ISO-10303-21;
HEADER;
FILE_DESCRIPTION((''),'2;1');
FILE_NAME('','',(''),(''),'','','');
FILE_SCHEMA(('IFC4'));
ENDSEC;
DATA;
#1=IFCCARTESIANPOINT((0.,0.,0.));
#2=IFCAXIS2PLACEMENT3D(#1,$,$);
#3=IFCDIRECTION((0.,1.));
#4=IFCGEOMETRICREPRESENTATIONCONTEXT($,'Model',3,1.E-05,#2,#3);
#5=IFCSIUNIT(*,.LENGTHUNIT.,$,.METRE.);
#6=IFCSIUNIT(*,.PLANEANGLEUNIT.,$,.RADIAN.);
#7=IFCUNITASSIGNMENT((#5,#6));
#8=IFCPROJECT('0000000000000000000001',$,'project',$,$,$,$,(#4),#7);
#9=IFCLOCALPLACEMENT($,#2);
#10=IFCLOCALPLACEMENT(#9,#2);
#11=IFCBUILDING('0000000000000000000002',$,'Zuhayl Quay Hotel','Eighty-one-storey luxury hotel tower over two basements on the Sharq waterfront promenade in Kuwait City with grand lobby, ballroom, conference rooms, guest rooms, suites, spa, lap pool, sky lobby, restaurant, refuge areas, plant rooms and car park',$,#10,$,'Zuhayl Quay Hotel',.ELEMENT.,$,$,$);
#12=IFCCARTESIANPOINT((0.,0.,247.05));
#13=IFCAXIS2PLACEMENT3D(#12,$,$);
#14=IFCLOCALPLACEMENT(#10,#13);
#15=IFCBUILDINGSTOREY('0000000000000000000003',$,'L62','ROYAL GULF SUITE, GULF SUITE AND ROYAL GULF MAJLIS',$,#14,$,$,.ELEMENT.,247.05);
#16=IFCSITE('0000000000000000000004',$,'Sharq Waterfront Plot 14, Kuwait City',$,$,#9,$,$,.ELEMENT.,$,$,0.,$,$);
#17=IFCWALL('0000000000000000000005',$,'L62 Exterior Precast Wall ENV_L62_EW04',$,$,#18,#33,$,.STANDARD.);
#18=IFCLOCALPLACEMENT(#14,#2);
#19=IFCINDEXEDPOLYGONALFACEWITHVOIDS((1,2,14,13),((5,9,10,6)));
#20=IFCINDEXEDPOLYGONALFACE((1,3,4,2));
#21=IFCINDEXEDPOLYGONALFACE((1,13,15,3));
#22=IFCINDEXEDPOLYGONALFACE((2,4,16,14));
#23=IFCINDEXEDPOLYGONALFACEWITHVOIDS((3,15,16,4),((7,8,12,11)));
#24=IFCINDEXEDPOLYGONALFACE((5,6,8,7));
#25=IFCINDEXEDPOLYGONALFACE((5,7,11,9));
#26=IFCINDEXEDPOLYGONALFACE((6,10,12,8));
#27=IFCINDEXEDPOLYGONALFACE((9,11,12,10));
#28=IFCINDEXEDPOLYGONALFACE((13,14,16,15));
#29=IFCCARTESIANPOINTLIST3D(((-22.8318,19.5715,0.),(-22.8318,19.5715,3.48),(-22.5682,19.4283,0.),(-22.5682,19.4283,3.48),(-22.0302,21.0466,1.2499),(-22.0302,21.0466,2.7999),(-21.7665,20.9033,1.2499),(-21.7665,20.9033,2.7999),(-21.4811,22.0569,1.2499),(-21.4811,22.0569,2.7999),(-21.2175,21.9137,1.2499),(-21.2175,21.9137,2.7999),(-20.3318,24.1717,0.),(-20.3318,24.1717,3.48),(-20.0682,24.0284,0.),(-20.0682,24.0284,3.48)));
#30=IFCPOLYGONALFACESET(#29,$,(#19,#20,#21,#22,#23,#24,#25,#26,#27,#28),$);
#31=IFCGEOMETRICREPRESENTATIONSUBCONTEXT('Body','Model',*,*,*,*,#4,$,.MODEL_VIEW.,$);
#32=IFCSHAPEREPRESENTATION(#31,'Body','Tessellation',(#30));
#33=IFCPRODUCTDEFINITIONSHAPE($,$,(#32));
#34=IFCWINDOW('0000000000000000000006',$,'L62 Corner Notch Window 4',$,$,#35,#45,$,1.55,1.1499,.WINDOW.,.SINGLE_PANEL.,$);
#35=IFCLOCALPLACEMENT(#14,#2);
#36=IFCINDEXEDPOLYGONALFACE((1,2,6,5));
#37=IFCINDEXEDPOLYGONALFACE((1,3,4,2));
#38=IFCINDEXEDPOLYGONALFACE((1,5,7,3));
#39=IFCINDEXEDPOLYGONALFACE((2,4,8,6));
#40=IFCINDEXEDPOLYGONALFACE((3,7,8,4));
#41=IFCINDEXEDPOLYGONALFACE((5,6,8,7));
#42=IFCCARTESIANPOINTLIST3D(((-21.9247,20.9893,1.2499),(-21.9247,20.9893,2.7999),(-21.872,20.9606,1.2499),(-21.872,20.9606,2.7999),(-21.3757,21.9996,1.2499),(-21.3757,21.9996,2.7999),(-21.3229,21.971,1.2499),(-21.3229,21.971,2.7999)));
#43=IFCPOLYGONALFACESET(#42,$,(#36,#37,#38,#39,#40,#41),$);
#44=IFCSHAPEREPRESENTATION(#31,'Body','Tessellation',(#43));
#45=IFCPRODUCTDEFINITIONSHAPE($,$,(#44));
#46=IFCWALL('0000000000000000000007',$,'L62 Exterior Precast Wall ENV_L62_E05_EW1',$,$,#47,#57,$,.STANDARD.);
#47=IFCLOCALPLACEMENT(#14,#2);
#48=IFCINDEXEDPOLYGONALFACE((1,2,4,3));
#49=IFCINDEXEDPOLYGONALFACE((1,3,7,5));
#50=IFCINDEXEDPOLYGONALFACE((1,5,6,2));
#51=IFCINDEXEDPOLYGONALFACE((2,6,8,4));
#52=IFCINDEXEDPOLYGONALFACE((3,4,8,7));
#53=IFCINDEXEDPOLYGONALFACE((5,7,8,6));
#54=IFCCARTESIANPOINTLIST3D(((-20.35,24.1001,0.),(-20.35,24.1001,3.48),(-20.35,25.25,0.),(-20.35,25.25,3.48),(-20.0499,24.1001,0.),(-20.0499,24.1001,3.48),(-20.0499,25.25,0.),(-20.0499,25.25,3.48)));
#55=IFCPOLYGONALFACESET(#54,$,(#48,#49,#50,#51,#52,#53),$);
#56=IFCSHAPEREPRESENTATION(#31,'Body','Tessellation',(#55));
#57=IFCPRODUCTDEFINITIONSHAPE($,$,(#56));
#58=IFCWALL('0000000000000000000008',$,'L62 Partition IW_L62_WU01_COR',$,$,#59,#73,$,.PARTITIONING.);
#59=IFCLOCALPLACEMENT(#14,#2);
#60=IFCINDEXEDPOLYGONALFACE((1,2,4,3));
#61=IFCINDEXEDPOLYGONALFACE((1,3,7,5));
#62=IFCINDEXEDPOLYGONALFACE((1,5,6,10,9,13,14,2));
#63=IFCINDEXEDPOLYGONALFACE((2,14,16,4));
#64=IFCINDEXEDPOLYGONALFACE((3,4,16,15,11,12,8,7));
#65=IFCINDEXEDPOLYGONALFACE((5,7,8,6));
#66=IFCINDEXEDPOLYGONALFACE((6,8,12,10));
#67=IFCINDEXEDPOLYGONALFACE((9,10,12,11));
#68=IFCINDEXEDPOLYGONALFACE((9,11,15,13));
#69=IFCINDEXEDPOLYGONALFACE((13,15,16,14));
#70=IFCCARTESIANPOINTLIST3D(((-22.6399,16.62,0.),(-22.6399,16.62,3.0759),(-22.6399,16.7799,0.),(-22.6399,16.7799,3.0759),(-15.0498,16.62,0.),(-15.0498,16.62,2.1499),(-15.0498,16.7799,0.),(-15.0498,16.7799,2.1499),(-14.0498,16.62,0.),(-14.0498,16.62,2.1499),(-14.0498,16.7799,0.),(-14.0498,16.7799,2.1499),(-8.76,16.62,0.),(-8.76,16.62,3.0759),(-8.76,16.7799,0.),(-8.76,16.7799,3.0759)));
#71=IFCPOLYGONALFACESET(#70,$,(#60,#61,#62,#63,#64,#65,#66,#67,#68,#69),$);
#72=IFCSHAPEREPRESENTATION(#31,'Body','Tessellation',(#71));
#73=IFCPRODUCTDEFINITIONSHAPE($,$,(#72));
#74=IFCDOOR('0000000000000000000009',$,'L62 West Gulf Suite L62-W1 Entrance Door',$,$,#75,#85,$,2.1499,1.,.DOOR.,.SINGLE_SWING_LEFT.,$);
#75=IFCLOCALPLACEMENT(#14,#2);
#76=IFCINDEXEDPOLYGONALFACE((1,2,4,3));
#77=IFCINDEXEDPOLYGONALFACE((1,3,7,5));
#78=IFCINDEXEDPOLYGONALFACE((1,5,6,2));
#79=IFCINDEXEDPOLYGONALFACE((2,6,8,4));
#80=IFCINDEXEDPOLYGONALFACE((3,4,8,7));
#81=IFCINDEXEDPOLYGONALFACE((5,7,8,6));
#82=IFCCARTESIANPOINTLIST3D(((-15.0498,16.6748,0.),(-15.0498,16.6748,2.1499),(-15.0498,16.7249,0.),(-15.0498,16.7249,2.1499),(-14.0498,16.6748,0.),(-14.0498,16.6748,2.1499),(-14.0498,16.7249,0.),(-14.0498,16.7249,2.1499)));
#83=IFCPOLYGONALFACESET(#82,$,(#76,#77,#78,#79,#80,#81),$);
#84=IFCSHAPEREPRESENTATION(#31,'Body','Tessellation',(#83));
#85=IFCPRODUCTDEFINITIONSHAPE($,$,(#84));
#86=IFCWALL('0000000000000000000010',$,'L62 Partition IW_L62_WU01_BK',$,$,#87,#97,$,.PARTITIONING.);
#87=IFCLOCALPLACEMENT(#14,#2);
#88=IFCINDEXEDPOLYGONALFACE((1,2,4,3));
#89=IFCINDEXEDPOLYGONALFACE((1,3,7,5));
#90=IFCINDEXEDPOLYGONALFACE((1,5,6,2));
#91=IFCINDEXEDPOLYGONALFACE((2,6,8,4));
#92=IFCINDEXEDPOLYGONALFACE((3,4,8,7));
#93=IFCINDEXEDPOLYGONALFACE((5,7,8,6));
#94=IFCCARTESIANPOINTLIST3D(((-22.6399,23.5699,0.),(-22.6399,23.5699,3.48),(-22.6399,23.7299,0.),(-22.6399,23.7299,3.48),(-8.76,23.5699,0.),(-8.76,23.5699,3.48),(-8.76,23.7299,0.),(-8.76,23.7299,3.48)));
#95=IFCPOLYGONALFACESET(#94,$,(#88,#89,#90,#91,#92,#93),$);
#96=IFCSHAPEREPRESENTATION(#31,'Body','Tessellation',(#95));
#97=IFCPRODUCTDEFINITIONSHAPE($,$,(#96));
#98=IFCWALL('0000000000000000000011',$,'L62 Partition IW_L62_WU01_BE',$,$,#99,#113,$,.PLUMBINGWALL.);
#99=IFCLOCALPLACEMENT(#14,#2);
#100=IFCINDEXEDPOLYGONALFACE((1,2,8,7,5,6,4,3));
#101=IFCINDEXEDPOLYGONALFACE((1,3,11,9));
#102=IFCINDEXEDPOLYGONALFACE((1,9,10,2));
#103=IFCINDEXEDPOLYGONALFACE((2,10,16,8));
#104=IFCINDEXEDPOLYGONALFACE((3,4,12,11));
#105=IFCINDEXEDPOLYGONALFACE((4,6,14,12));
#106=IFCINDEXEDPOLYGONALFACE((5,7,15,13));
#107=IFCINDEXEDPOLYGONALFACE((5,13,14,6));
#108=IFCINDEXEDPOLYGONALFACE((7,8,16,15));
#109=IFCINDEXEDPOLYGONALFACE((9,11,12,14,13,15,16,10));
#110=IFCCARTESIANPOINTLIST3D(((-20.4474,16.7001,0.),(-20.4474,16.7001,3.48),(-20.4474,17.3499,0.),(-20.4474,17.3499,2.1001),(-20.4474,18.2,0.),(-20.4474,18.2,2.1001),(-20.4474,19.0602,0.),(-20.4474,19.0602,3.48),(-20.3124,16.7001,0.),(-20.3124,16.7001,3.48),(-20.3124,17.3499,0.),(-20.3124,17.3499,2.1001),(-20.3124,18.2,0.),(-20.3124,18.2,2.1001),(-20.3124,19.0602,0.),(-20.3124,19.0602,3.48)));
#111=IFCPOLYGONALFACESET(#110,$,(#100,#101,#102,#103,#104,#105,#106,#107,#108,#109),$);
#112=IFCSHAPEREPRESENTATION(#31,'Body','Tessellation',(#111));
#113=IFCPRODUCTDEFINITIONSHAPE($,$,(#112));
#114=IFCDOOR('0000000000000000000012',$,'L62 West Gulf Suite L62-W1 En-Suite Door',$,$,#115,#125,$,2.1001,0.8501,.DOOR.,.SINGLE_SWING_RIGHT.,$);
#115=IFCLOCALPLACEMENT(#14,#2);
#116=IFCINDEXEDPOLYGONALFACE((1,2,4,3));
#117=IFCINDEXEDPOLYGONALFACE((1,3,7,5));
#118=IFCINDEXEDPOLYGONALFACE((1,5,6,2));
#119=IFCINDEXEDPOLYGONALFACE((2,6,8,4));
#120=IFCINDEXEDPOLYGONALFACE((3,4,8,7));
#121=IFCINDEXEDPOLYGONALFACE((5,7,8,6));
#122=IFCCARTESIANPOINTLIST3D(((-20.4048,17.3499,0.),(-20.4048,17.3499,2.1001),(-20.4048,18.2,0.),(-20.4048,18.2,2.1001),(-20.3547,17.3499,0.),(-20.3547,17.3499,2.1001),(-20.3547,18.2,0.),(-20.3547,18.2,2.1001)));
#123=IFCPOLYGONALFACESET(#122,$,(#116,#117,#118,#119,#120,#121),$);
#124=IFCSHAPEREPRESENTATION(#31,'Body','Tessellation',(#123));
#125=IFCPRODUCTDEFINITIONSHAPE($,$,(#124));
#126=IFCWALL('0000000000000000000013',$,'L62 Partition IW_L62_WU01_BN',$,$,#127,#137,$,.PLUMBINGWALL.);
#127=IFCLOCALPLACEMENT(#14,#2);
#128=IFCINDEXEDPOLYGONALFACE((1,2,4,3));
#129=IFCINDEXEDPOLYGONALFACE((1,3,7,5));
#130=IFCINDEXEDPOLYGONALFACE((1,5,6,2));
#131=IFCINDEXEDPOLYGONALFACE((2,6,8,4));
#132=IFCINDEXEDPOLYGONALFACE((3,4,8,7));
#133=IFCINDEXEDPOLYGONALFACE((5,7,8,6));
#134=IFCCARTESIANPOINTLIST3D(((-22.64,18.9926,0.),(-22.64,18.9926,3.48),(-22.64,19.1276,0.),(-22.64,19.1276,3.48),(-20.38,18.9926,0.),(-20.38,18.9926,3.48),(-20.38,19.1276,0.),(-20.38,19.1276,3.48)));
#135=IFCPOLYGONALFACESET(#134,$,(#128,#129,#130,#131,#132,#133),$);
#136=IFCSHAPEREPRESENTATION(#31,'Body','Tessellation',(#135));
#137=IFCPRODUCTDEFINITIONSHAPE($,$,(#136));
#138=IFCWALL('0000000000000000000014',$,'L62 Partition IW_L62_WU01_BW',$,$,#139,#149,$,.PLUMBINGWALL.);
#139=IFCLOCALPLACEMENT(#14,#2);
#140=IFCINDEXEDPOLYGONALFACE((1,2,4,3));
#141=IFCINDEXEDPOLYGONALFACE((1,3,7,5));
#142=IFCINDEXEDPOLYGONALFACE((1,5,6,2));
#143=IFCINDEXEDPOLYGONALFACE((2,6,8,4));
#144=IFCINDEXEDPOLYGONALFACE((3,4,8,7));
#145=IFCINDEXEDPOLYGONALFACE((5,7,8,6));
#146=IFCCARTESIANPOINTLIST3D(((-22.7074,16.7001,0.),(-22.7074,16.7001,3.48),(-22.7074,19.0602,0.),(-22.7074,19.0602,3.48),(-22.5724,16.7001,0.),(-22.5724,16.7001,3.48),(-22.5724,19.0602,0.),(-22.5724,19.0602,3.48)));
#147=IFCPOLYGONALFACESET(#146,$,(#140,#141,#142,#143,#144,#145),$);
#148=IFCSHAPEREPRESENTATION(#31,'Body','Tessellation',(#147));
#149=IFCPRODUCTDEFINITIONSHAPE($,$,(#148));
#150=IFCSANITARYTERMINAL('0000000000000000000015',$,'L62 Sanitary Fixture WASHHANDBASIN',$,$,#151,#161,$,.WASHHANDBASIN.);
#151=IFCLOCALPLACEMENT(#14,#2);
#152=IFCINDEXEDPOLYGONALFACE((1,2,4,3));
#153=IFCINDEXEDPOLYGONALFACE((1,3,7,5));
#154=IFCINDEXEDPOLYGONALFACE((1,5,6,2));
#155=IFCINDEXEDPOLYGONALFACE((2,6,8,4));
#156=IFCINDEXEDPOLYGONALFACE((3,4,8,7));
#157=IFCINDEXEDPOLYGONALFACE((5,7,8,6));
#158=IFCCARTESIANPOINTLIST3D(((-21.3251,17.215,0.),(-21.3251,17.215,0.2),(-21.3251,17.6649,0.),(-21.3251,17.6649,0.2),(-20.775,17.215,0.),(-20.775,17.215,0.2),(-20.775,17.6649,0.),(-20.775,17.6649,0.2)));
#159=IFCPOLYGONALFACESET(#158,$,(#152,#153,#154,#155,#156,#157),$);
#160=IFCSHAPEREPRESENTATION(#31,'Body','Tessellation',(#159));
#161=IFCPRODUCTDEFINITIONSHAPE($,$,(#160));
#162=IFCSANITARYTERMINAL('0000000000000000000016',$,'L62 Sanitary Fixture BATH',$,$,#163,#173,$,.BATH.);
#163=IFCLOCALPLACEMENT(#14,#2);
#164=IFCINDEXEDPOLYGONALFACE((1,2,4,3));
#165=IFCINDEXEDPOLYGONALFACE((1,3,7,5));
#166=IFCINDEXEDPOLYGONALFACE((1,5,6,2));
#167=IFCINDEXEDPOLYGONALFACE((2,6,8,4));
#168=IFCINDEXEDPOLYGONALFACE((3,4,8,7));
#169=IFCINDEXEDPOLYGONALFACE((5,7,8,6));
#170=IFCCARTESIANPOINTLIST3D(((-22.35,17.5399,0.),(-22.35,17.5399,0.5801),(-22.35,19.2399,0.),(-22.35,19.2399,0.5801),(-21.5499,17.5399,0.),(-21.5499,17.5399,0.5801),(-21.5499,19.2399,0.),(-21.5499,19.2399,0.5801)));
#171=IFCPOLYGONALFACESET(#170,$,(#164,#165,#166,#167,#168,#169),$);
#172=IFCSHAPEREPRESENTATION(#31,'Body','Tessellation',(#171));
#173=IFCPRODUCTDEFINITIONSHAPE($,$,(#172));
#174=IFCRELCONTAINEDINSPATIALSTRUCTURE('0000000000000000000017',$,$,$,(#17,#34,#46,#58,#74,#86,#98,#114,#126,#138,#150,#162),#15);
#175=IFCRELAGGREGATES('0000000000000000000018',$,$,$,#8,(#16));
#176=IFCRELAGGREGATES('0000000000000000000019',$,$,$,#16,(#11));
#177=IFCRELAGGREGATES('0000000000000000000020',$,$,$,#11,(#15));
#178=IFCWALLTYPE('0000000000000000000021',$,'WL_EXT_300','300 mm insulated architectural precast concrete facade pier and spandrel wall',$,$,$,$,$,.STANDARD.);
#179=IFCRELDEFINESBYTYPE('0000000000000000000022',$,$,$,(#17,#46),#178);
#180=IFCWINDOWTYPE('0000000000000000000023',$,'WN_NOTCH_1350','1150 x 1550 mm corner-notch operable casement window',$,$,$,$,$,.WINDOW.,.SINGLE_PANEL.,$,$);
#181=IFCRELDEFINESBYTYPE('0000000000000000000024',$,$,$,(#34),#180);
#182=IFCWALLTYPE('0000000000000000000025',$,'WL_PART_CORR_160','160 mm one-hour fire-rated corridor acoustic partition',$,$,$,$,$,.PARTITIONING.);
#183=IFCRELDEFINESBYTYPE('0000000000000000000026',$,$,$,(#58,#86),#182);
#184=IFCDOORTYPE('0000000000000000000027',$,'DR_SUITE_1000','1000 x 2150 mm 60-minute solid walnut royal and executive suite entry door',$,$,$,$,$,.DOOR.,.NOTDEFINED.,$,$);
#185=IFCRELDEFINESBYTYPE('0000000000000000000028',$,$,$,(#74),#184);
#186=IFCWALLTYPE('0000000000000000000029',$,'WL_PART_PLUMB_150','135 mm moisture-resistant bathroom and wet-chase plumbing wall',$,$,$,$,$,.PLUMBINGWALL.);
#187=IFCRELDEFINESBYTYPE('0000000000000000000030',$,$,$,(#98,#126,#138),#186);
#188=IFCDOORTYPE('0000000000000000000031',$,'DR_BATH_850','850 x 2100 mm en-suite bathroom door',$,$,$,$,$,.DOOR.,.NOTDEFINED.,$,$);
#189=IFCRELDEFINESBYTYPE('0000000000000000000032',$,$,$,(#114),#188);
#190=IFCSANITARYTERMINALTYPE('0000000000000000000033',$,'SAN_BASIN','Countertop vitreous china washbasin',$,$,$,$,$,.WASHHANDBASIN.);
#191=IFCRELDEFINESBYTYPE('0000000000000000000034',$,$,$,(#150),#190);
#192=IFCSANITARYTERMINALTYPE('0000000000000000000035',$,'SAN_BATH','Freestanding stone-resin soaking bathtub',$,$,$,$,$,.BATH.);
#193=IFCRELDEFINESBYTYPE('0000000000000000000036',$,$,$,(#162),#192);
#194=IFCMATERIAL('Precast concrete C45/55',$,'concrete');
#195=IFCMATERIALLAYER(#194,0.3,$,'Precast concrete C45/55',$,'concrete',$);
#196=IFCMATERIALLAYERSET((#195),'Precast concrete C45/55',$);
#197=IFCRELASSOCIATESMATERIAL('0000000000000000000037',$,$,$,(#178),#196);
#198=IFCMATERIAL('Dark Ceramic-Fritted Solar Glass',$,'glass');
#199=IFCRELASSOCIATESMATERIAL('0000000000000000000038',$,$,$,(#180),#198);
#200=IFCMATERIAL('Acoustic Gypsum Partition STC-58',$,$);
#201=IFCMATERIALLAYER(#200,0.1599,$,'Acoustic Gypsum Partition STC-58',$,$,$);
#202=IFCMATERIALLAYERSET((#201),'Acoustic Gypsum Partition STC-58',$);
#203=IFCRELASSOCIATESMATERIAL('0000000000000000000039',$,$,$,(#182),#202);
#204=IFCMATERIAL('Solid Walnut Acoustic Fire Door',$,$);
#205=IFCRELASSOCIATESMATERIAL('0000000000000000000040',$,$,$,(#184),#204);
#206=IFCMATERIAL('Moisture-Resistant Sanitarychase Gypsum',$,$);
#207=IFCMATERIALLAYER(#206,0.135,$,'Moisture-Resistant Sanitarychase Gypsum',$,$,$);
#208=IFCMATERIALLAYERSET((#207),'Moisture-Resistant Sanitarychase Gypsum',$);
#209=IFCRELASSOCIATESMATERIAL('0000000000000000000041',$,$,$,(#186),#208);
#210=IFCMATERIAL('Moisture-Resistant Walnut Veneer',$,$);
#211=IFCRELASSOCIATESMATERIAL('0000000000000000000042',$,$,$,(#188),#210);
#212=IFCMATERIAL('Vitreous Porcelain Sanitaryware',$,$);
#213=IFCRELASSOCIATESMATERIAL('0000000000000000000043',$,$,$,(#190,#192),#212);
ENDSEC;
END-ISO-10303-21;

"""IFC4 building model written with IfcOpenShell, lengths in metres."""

from ifc_helpers import new_model, si_unit, direction, frame, frame_2d, origin, origin_2d, place, context, subcontext, project, spatial, rectangle, extrude, material, layer, layer_set, type_object, element, fill, save


model = new_model("IFC4")

# Units and contexts
model_context = context("Model", 3, precision=1e-05, world=origin(), true_north=direction((0.0, 1.0)))
body_context = subcontext(model_context, "Body", "Model", "MODEL_VIEW")
ifc_project = project(units=[si_unit("LENGTHUNIT", "METRE"), si_unit("PLANEANGLEUNIT", "RADIAN")], contexts=[model_context])

# Site, building, storey
site_placement = place(None, origin())
site = spatial("IfcSite", under=ifc_project, at=site_placement, Name="Sharq Waterfront Plot 14, Kuwait City", CompositionType="ELEMENT", RefElevation=0.0)
building_placement = place(site_placement, origin())
building = spatial("IfcBuilding", under=site, at=building_placement, Name="Zuhayl Quay Hotel", Description="Eighty-one-storey luxury hotel tower over two basements on the Sharq waterfront promenade in Kuwait City with grand lobby, ballroom, conference rooms, guest rooms, suites, spa, lap pool, sky lobby, restaurant, refuge areas, plant rooms and car park", LongName="Zuhayl Quay Hotel", CompositionType="ELEMENT")
storey_placement = place(building_placement, frame((0.0, 0.0, 247.05)))
storey = spatial("IfcBuildingStorey", under=building, at=storey_placement, Name="L62", Description="ROYAL GULF SUITE, GULF SUITE AND ROYAL GULF MAJLIS", CompositionType="ELEMENT", Elevation=247.05)

# Wall, opening, window
ifc_material_1 = material(Name="Precast concrete C45/55", Category="concrete")
ifc_layer_1 = layer(ifc_material_1, 0.3, Name="Precast concrete C45/55", Category="concrete")
ifc_layer_set_1 = layer_set([ifc_layer_1], Name="Precast concrete C45/55")
wall_type_1 = type_object("IfcWallType", Name="WL_EXT_300", Description="300 mm insulated architectural precast concrete facade pier and spandrel wall", PredefinedType="STANDARD", material=ifc_layer_set_1)
ifc_material_2 = material(Name="Dark Ceramic-Fritted Solar Glass", Category="glass")
window_type = type_object("IfcWindowType", Name="WN_NOTCH_1350", Description="1150 x 1550 mm corner-notch operable casement window", PartitioningType="SINGLE_PANEL", PredefinedType="WINDOW", material=ifc_material_2)
wall_1_placement = place(storey_placement, frame((-22.7, 19.5, 0.0), z_axis=(0.0, 0.0, 1.0), x_axis=(0.477505, 0.878629, 0.0)))
wall_1 = element("IfcWall", 1, at=wall_1_placement, inside=storey, type_object=wall_type_1, Name="L62 Exterior Precast Wall ENV_L62_EW04", PredefinedType="STANDARD", context=body_context, shape_type="SweptSolid", body=[
    extrude(rectangle(XDim=5.2356, YDim=0.3, at=frame_2d((2.6177, 0.0))), origin(), (0.0, 0.0, 1.0), 3.48),
])
opening_1_placement = place(wall_1_placement, frame((1.6787, 0.0, 1.25)))
opening_1 = element("IfcOpeningElement", 2, at=opening_1_placement, cuts=wall_1, PredefinedType="OPENING", context=body_context, shape_type="SweptSolid", body=[
    extrude(rectangle(XDim=1.1499, YDim=1.55, at=frame_2d((0.575, 0.7749))), frame((0.0, 0.1599, 0.0), z_axis=(0.0, -1.0, 0.0), x_axis=(1.0, 0.0, 0.0)), (0.0, 0.0, 1.0), 0.3201),
])
window_1_placement = place(opening_1_placement, origin())
window_1 = element("IfcWindow", 3, at=window_1_placement, inside=storey, type_object=window_type, Name="L62 Corner Notch Window 4", OverallHeight=1.55, OverallWidth=1.1499, PartitioningType="SINGLE_PANEL", PredefinedType="WINDOW", context=body_context, shape_type="SweptSolid", body=[
    extrude(rectangle(XDim=1.1499, YDim=1.55, at=frame_2d((0.575, 0.7749))), frame((0.0, 0.03, 0.0), z_axis=(0.0, -1.0, 0.0), x_axis=(1.0, 0.0, 0.0)), (0.0, 0.0, 1.0), 0.0601),
])
fill(opening_1, window_1)

# Wall
wall_2_placement = place(storey_placement, frame((-20.2, 24.1001, 0.0), z_axis=(0.0, 0.0, 1.0), x_axis=(0.0, 1.0, 0.0)))
element("IfcWall", 4, at=wall_2_placement, inside=storey, type_object=wall_type_1, Name="L62 Exterior Precast Wall ENV_L62_E05_EW1", PredefinedType="STANDARD", context=body_context, shape_type="SweptSolid", body=[
    extrude(rectangle(XDim=1.1499, YDim=0.3, at=frame_2d((0.575, 0.0))), origin(), (0.0, 0.0, 1.0), 3.48),
])

# Wall, opening, door
ifc_material_3 = material(Name="Acoustic Gypsum Partition STC-58")
ifc_layer_2 = layer(ifc_material_3, 0.1599, Name="Acoustic Gypsum Partition STC-58")
ifc_layer_set_2 = layer_set([ifc_layer_2], Name="Acoustic Gypsum Partition STC-58")
wall_type_2 = type_object("IfcWallType", Name="WL_PART_CORR_160", Description="160 mm one-hour fire-rated corridor acoustic partition", PredefinedType="PARTITIONING", material=ifc_layer_set_2)
wall_3_placement = place(storey_placement, frame((-22.6399, 16.7, 0.0), z_axis=(0.0, 0.0, 1.0), x_axis=(1.0, 0.0, 0.0)))
wall_3 = element("IfcWall", 5, at=wall_3_placement, inside=storey, type_object=wall_type_2, Name="L62 Partition IW_L62_WU01_COR", PredefinedType="PARTITIONING", context=body_context, shape_type="SweptSolid", body=[
    extrude(rectangle(XDim=13.8799, YDim=0.1599, at=frame_2d((6.9399, 0.0))), origin(), (0.0, 0.0, 1.0), 3.0759),
])
opening_2_placement = place(wall_3_placement, frame((7.5901, 0.0, 0.0)))
opening_2 = element("IfcOpeningElement", 6, at=opening_2_placement, cuts=wall_3, PredefinedType="OPENING", context=body_context, shape_type="SweptSolid", body=[
    extrude(rectangle(XDim=1.0, YDim=2.1499, at=frame_2d((0.5, 1.075))), frame((0.0, 0.0898, 0.0), z_axis=(0.0, -1.0, 0.0), x_axis=(1.0, 0.0, 0.0)), (0.0, 0.0, 1.0), 0.1799),
])
ifc_material_4 = material(Name="Solid Walnut Acoustic Fire Door")
door_type_1 = type_object("IfcDoorType", Name="DR_SUITE_1000", Description="1000 x 2150 mm 60-minute solid walnut royal and executive suite entry door", OperationType="NOTDEFINED", PredefinedType="DOOR", material=ifc_material_4)
door_1_placement = place(opening_2_placement, origin())
door_1 = element("IfcDoor", 7, at=door_1_placement, inside=storey, type_object=door_type_1, Name="L62 West Gulf Suite L62-W1 Entrance Door", OperationType="SINGLE_SWING_LEFT", OverallHeight=2.1499, OverallWidth=1.0, PredefinedType="DOOR", context=body_context, shape_type="SweptSolid", body=[
    extrude(rectangle(XDim=1.0, YDim=2.1499, at=frame_2d((0.5, 1.075))), frame((0.0, 0.0249, 0.0), z_axis=(0.0, -1.0, 0.0), x_axis=(1.0, 0.0, 0.0)), (0.0, 0.0, 1.0), 0.05),
])
fill(opening_2, door_1)

# Wall
wall_4_placement = place(storey_placement, frame((-22.6399, 23.6499, 0.0), z_axis=(0.0, 0.0, 1.0), x_axis=(1.0, 0.0, 0.0)))
element("IfcWall", 8, at=wall_4_placement, inside=storey, type_object=wall_type_2, Name="L62 Partition IW_L62_WU01_BK", PredefinedType="PARTITIONING", context=body_context, shape_type="SweptSolid", body=[
    extrude(rectangle(XDim=13.8799, YDim=0.1599, at=frame_2d((6.9399, 0.0))), origin(), (0.0, 0.0, 1.0), 3.48),
])

# Wall, opening, door
ifc_material_5 = material(Name="Moisture-Resistant Sanitarychase Gypsum")
ifc_layer_3 = layer(ifc_material_5, 0.135, Name="Moisture-Resistant Sanitarychase Gypsum")
ifc_layer_set_3 = layer_set([ifc_layer_3], Name="Moisture-Resistant Sanitarychase Gypsum")
wall_type_3 = type_object("IfcWallType", Name="WL_PART_PLUMB_150", Description="135 mm moisture-resistant bathroom and wet-chase plumbing wall", PredefinedType="PLUMBINGWALL", material=ifc_layer_set_3)
wall_5_placement = place(storey_placement, frame((-20.3799, 16.7, 0.0), z_axis=(0.0, 0.0, 1.0), x_axis=(0.0, 1.0, 0.0)))
wall_5 = element("IfcWall", 9, at=wall_5_placement, inside=storey, type_object=wall_type_3, Name="L62 Partition IW_L62_WU01_BE", PredefinedType="PLUMBINGWALL", context=body_context, shape_type="SweptSolid", body=[
    extrude(rectangle(XDim=2.3601, YDim=0.135, at=frame_2d((1.1802, 0.0))), origin(), (0.0, 0.0, 1.0), 3.48),
])
opening_3_placement = place(wall_5_placement, frame((0.6499, 0.0, 0.0)))
opening_3 = element("IfcOpeningElement", 10, at=opening_3_placement, cuts=wall_5, PredefinedType="OPENING", context=body_context, shape_type="SweptSolid", body=[
    extrude(rectangle(XDim=0.8501, YDim=2.1001, at=frame_2d((0.425, 1.05))), frame((0.0, 0.0774, 0.0), z_axis=(0.0, -1.0, 0.0), x_axis=(1.0, 0.0, 0.0)), (0.0, 0.0, 1.0), 0.155),
])
ifc_material_6 = material(Name="Moisture-Resistant Walnut Veneer")
door_type_2 = type_object("IfcDoorType", Name="DR_BATH_850", Description="850 x 2100 mm en-suite bathroom door", OperationType="NOTDEFINED", PredefinedType="DOOR", material=ifc_material_6)
door_2_placement = place(opening_3_placement, origin())
door_2 = element("IfcDoor", 11, at=door_2_placement, inside=storey, type_object=door_type_2, Name="L62 West Gulf Suite L62-W1 En-Suite Door", OperationType="SINGLE_SWING_RIGHT", OverallHeight=2.1001, OverallWidth=0.8501, PredefinedType="DOOR", context=body_context, shape_type="SweptSolid", body=[
    extrude(rectangle(XDim=0.8501, YDim=2.1001, at=frame_2d((0.425, 1.05))), frame((0.0, 0.0249, 0.0), z_axis=(0.0, -1.0, 0.0), x_axis=(1.0, 0.0, 0.0)), (0.0, 0.0, 1.0), 0.05),
])
fill(opening_3, door_2)

# Walls
wall_6_placement = place(storey_placement, frame((-22.6399, 19.0601, 0.0), z_axis=(0.0, 0.0, 1.0), x_axis=(1.0, 0.0, 0.0)))
element("IfcWall", 12, at=wall_6_placement, inside=storey, type_object=wall_type_3, Name="L62 Partition IW_L62_WU01_BN", PredefinedType="PLUMBINGWALL", context=body_context, shape_type="SweptSolid", body=[
    extrude(rectangle(XDim=2.26, YDim=0.135, at=frame_2d((1.1299, 0.0))), origin(), (0.0, 0.0, 1.0), 3.48),
])
wall_7_placement = place(storey_placement, frame((-22.6399, 16.7, 0.0), z_axis=(0.0, 0.0, 1.0), x_axis=(0.0, 1.0, 0.0)))
element("IfcWall", 13, at=wall_7_placement, inside=storey, type_object=wall_type_3, Name="L62 Partition IW_L62_WU01_BW", PredefinedType="PLUMBINGWALL", context=body_context, shape_type="SweptSolid", body=[
    extrude(rectangle(XDim=2.3601, YDim=0.135, at=frame_2d((1.1802, 0.0))), origin(), (0.0, 0.0, 1.0), 3.48),
])

# Sanitary terminals
ifc_material_7 = material(Name="Vitreous Porcelain Sanitaryware")
sanitary_terminal_type_1 = type_object("IfcSanitaryTerminalType", Name="SAN_BASIN", Description="Countertop vitreous china washbasin", PredefinedType="WASHHANDBASIN", material=ifc_material_7)
sanitary_terminal_1_placement = place(storey_placement, frame((-21.05, 17.4399, 0.0), z_axis=(0.0, 0.0, 1.0), x_axis=(1.0, 0.0, 0.0)))
element("IfcSanitaryTerminal", 14, at=sanitary_terminal_1_placement, inside=storey, type_object=sanitary_terminal_type_1, Name="L62 Sanitary Fixture WASHHANDBASIN", PredefinedType="WASHHANDBASIN", context=body_context, shape_type="SweptSolid", body=[
    extrude(rectangle(XDim=0.55, YDim=0.45, at=origin_2d()), origin(), (0.0, 0.0, 1.0), 0.2),
])
sanitary_terminal_type_2 = type_object("IfcSanitaryTerminalType", Name="SAN_BATH", Description="Freestanding stone-resin soaking bathtub", PredefinedType="BATH", material=ifc_material_7)
sanitary_terminal_2_placement = place(storey_placement, frame((-21.95, 18.3899, 0.0), z_axis=(0.0, 0.0, 1.0), x_axis=(1.0, 0.0, 0.0)))
element("IfcSanitaryTerminal", 15, at=sanitary_terminal_2_placement, inside=storey, type_object=sanitary_terminal_type_2, Name="L62 Sanitary Fixture BATH", PredefinedType="BATH", context=body_context, shape_type="SweptSolid", body=[
    extrude(rectangle(XDim=0.8, YDim=1.7, at=origin_2d()), origin(), (0.0, 0.0, 1.0), 0.5801),
])

save(model, "model.ifc")
